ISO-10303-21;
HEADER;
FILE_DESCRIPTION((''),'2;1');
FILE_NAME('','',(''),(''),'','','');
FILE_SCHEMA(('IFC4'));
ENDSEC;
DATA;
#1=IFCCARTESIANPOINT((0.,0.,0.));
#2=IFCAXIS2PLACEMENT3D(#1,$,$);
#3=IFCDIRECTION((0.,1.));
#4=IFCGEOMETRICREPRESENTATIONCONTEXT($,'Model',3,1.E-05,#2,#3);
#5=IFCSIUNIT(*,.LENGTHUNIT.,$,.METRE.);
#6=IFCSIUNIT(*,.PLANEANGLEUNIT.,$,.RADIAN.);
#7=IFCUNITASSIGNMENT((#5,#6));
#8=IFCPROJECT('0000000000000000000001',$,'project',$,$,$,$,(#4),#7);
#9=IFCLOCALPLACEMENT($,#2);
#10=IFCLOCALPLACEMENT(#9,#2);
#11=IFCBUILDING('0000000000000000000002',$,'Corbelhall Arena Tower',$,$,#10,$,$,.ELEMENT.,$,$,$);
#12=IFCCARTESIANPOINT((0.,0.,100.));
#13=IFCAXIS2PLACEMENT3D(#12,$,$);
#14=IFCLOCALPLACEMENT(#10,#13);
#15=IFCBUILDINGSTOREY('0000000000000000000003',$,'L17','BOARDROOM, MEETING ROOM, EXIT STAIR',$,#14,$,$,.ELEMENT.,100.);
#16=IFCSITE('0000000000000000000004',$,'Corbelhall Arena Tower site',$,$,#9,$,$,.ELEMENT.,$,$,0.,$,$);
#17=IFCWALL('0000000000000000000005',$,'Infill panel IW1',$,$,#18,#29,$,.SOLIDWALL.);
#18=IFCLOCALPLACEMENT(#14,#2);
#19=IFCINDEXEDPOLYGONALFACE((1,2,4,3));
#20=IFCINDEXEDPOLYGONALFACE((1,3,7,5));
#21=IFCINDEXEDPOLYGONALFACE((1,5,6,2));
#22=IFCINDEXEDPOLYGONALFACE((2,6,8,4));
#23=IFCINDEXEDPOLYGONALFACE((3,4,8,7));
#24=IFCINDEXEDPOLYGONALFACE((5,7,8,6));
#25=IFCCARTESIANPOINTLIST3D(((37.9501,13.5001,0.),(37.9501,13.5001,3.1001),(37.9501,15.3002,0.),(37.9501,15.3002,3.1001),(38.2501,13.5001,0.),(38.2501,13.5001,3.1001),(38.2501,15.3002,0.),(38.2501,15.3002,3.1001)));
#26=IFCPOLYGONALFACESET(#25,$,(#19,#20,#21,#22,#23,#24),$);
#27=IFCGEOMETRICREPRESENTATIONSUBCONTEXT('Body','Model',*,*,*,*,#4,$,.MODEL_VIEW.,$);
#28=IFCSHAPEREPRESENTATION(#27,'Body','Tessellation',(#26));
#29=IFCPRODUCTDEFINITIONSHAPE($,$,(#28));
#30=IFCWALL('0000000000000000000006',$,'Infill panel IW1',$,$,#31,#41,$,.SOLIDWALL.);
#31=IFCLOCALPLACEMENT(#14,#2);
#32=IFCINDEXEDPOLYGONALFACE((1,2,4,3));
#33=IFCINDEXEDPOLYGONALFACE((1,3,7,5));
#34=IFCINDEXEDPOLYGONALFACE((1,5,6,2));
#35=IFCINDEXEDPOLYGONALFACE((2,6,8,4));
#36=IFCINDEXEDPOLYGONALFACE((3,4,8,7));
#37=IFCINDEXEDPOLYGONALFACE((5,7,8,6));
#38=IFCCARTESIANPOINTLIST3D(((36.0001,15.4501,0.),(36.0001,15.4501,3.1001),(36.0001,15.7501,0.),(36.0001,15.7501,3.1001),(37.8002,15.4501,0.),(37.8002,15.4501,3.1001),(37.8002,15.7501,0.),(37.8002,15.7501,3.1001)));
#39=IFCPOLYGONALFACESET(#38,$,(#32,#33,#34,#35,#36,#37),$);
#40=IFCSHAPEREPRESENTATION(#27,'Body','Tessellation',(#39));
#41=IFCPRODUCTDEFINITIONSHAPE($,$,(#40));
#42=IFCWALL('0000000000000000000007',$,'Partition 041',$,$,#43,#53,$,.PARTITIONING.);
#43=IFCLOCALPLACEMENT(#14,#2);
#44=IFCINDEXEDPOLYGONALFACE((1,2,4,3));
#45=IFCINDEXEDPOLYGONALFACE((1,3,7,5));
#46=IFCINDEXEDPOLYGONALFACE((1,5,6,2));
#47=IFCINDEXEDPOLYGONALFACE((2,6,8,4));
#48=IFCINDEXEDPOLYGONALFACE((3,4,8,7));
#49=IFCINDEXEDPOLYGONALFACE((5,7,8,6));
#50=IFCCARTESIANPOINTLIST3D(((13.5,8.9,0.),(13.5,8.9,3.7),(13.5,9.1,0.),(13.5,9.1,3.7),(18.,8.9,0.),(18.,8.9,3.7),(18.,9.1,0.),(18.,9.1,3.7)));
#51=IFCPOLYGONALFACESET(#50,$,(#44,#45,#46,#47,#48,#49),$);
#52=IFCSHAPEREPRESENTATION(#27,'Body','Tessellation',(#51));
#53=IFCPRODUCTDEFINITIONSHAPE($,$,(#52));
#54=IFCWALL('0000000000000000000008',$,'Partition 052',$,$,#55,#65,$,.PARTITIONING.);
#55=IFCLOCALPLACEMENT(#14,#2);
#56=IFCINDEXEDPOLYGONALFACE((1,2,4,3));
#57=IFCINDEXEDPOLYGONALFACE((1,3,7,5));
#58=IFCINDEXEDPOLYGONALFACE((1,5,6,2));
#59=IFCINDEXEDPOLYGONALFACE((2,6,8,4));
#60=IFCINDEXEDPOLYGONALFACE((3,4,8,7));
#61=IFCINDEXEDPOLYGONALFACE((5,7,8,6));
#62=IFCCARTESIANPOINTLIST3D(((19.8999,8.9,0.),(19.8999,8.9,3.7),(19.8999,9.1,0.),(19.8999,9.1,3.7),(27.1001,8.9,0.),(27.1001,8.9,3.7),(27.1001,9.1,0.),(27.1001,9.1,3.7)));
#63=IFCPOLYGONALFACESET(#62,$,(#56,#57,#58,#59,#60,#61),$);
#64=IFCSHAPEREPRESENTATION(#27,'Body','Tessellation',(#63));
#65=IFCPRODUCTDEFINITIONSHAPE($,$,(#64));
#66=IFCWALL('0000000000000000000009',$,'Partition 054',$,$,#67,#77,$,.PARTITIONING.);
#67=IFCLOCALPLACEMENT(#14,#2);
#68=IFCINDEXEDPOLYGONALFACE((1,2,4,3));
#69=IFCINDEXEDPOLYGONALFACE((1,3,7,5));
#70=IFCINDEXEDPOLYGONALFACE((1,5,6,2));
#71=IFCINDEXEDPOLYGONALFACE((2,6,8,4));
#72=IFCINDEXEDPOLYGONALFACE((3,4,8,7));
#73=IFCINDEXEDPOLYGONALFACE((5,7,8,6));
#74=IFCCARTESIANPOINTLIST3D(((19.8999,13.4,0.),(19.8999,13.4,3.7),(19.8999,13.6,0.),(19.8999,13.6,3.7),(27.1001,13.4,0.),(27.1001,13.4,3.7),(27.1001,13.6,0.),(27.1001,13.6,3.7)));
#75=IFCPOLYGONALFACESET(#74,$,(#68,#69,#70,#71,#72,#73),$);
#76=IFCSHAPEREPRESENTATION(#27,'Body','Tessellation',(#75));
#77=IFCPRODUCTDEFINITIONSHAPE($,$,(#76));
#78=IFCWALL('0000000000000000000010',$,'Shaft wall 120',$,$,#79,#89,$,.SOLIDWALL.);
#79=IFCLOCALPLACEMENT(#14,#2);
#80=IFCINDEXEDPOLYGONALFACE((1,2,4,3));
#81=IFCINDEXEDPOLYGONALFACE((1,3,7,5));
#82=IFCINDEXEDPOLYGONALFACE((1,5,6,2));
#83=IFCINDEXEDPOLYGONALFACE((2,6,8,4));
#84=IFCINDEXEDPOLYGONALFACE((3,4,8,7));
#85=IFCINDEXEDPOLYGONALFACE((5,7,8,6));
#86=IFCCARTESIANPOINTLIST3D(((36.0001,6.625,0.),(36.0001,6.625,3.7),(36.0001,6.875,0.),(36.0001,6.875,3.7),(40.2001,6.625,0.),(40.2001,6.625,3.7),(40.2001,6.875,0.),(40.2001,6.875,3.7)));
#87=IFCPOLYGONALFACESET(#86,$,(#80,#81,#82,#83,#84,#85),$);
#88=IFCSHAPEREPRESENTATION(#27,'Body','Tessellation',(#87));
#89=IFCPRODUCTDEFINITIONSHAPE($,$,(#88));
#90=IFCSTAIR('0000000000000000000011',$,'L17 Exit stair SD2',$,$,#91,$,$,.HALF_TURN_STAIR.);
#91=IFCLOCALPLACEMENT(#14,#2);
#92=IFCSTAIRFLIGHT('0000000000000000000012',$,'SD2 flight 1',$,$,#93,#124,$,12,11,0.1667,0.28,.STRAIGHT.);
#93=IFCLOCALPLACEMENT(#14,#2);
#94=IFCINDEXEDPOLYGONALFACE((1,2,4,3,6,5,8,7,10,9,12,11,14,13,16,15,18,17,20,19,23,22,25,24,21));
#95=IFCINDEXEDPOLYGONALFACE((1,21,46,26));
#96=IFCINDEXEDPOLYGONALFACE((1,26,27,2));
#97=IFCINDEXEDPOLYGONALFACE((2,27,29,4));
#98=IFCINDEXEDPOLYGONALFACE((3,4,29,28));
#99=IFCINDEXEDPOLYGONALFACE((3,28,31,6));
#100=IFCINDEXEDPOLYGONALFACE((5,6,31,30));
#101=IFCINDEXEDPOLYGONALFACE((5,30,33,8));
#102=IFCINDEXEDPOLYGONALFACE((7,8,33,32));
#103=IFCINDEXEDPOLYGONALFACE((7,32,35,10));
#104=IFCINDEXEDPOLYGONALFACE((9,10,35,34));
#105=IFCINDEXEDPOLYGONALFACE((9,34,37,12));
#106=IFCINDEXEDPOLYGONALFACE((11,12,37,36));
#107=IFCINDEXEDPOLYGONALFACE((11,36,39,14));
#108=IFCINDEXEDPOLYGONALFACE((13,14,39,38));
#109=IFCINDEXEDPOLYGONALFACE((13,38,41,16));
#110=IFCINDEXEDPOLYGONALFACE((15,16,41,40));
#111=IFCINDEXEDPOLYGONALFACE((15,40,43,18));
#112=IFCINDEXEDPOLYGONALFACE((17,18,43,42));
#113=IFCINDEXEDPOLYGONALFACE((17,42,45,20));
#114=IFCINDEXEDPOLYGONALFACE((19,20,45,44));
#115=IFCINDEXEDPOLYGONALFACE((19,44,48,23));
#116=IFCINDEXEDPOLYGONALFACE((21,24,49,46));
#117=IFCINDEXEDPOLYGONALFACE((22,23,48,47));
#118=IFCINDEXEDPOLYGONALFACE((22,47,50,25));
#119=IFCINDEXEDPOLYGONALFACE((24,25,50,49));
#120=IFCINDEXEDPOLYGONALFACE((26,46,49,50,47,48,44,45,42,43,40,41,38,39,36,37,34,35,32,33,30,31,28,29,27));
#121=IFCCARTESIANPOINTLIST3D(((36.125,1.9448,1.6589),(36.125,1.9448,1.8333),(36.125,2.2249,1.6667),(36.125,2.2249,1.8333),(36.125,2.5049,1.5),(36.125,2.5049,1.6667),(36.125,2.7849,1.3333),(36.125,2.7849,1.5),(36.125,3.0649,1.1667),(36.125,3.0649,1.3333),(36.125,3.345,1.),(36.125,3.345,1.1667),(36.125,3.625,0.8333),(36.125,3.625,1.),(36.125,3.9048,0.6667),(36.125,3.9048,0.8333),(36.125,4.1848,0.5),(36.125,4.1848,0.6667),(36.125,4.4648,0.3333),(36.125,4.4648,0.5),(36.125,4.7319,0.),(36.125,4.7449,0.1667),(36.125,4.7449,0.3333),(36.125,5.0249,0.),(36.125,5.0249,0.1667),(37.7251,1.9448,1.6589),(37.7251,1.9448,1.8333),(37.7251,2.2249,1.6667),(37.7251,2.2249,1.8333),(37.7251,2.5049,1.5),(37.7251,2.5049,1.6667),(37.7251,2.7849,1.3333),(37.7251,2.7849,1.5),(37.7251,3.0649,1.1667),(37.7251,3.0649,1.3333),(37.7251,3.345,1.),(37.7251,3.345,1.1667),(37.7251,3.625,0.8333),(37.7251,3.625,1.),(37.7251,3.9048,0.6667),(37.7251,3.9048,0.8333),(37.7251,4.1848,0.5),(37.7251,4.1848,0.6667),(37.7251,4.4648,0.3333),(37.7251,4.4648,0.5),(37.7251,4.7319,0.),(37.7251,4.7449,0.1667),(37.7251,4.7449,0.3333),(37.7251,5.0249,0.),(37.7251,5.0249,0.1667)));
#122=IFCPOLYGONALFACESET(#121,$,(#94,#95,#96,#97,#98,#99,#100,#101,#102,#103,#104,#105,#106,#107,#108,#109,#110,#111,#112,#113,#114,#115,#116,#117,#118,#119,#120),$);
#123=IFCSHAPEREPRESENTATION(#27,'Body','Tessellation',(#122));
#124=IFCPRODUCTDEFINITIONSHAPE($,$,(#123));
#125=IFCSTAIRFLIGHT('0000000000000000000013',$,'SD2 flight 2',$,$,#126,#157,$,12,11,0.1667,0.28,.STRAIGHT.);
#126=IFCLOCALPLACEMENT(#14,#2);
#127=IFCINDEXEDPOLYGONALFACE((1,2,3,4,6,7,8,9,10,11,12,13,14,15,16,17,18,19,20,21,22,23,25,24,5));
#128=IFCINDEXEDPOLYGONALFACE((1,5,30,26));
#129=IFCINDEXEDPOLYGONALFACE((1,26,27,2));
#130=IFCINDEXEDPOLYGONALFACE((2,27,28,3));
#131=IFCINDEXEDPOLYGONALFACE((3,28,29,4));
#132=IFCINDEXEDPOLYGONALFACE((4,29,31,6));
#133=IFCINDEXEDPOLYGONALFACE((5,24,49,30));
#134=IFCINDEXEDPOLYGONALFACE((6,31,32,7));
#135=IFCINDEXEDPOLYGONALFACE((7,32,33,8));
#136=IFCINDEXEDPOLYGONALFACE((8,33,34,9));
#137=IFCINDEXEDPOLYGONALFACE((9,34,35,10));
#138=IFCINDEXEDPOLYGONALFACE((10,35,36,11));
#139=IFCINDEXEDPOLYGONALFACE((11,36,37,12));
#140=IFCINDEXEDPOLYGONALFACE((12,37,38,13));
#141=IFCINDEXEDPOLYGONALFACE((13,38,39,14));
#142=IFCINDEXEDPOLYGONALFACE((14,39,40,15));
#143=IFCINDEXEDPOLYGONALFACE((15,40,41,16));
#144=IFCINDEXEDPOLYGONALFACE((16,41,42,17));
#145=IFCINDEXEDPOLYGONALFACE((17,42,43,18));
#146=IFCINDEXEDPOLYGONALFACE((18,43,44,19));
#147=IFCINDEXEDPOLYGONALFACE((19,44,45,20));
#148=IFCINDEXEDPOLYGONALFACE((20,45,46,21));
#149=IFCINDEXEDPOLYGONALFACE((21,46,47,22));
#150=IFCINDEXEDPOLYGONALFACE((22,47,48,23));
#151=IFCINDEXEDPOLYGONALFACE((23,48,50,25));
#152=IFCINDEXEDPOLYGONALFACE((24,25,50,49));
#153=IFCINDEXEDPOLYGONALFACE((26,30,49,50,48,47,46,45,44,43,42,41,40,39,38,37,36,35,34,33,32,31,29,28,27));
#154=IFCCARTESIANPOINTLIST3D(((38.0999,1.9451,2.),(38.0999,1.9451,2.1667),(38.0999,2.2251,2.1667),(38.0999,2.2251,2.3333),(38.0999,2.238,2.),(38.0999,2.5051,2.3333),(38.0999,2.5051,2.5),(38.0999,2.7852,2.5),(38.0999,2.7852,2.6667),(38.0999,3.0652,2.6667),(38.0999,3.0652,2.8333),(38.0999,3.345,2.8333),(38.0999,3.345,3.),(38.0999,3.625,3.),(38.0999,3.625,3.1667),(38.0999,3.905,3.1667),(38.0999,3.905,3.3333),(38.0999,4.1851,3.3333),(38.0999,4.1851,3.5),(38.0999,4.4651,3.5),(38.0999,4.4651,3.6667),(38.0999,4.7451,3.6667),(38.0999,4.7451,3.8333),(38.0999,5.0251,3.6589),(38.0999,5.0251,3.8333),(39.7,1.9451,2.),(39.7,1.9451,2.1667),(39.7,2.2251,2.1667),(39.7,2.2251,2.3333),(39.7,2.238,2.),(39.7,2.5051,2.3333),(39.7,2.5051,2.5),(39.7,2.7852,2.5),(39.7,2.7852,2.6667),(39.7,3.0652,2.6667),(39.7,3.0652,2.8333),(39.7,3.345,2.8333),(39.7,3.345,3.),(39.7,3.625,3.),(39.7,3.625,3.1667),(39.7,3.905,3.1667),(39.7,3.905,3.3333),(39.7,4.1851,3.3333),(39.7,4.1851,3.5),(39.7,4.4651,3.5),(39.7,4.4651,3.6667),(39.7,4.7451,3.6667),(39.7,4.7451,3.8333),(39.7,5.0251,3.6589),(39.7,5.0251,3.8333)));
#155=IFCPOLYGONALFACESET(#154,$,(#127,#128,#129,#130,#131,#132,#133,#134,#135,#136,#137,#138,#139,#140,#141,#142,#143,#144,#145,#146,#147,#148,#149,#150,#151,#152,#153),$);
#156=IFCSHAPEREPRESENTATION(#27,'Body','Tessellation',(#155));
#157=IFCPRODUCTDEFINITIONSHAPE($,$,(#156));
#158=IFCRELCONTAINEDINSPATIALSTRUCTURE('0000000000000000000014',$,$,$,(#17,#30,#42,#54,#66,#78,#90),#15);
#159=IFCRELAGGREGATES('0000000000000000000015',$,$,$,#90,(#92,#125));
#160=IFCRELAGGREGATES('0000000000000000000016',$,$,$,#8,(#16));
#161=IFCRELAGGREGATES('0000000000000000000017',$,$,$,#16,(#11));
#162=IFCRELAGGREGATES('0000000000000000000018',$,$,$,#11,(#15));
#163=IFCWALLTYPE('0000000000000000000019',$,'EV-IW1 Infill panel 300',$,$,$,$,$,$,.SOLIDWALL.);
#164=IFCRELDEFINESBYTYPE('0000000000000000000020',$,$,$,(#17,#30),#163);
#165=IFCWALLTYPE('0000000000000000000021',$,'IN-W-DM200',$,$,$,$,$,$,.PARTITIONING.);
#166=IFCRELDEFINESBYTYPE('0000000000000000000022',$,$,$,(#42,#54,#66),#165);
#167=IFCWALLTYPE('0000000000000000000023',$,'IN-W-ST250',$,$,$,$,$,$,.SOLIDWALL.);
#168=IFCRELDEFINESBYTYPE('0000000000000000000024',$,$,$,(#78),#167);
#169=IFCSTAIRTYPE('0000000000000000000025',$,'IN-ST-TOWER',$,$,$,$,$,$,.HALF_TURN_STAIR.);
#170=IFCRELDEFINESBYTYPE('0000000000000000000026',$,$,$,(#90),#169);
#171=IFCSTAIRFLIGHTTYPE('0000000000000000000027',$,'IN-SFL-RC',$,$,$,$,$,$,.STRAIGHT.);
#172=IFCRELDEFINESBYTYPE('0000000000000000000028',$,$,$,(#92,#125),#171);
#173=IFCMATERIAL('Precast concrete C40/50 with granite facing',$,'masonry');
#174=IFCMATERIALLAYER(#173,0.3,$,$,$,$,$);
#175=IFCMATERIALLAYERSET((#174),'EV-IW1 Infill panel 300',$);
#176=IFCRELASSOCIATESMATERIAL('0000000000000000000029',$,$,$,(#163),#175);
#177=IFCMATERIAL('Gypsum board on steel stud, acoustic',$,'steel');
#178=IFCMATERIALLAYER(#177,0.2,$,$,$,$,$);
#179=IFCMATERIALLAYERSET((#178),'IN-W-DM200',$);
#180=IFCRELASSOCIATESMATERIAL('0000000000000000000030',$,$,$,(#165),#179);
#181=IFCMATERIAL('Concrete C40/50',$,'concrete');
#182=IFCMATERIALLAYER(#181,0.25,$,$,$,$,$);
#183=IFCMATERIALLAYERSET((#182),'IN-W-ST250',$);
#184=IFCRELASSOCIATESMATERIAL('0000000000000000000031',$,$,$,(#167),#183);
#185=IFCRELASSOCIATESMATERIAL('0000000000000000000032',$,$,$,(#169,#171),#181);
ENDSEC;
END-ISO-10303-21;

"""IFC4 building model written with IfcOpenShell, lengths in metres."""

from ifc_helpers import new_model, si_unit, direction, frame, frame_2d, origin, place, context, subcontext, project, spatial, polyline, rectangle, outline, extrude, material, layer, layer_set, type_object, element, aggregate, save


model = new_model("IFC4")

# Units and contexts
model_context = context("Model", 3, precision=1e-05, world=origin(), true_north=direction((0.0, 1.0)))
body_context = subcontext(model_context, "Body", "Model", "MODEL_VIEW")
ifc_project = project(units=[si_unit("LENGTHUNIT", "METRE"), si_unit("PLANEANGLEUNIT", "RADIAN")], contexts=[model_context])

# Site, building, storey
site_placement = place(None, origin())
site = spatial("IfcSite", under=ifc_project, at=site_placement, Name="Corbelhall Arena Tower site", CompositionType="ELEMENT", RefElevation=0.0)
building_placement = place(site_placement, origin())
building = spatial("IfcBuilding", under=site, at=building_placement, Name="Corbelhall Arena Tower", CompositionType="ELEMENT")
storey_placement = place(building_placement, frame((0.0, 0.0, 100.0)))
storey = spatial("IfcBuildingStorey", under=building, at=storey_placement, Name="L17", Description="BOARDROOM, MEETING ROOM, EXIT STAIR", CompositionType="ELEMENT", Elevation=100.0)

# Walls
ifc_material_1 = material(Name="Precast concrete C40/50 with granite facing", Category="masonry")
ifc_layer_1 = layer(ifc_material_1, 0.3)
ifc_layer_set_1 = layer_set([ifc_layer_1], Name="EV-IW1 Infill panel 300")
wall_type_1 = type_object("IfcWallType", Name="EV-IW1 Infill panel 300", PredefinedType="SOLIDWALL", material=ifc_layer_set_1)
for number, where, z_axis, x_axis, name in (
    (1, (38.1001, 15.3, 0.0), (0.0, 0.0, 1.0), (0.0, -1.0, 0.0), "Infill panel IW1"),
    (2, (37.8, 15.6001, 0.0), (0.0, 0.0, 1.0), (-1.0, 0.0, 0.0), "Infill panel IW1"),
):
    element("IfcWall", number, at=place(storey_placement, frame(where, z_axis=z_axis, x_axis=x_axis)), inside=storey, type_object=wall_type_1, Name=name, PredefinedType="SOLIDWALL", context=body_context, shape_type="SweptSolid", body=[
        extrude(rectangle(XDim=1.8, YDim=0.3, at=frame_2d((0.8999, 0.0))), origin(), (0.0, 0.0, 1.0), 3.1001),
    ])

# Wall
ifc_material_2 = material(Name="Gypsum board on steel stud, acoustic", Category="steel")
ifc_layer_2 = layer(ifc_material_2, 0.2)
ifc_layer_set_2 = layer_set([ifc_layer_2], Name="IN-W-DM200")
wall_type_2 = type_object("IfcWallType", Name="IN-W-DM200", PredefinedType="PARTITIONING", material=ifc_layer_set_2)
wall_1_placement = place(storey_placement, frame((18.0, 9.0, 0.0), z_axis=(0.0, 0.0, 1.0), x_axis=(-1.0, 0.0, 0.0)))
element("IfcWall", 3, at=wall_1_placement, inside=storey, type_object=wall_type_2, Name="Partition 041", PredefinedType="PARTITIONING", context=body_context, shape_type="SweptSolid", body=[
    extrude(rectangle(XDim=4.5, YDim=0.2, at=frame_2d((2.25, 0.0))), origin(), (0.0, 0.0, 1.0), 3.7),
])

# Walls
for number, where, z_axis, x_axis, name in (
    (4, (19.8999, 9.0, 0.0), (0.0, 0.0, 1.0), (1.0, 0.0, 0.0), "Partition 052"),
    (5, (19.8999, 13.5, 0.0), (0.0, 0.0, 1.0), (1.0, 0.0, 0.0), "Partition 054"),
):
    element("IfcWall", number, at=place(storey_placement, frame(where, z_axis=z_axis, x_axis=x_axis)), inside=storey, type_object=wall_type_2, Name=name, PredefinedType="PARTITIONING", context=body_context, shape_type="SweptSolid", body=[
        extrude(rectangle(XDim=7.2002, YDim=0.2, at=frame_2d((3.6001, 0.0))), origin(), (0.0, 0.0, 1.0), 3.7),
    ])

# Wall
ifc_material_3 = material(Name="Concrete C40/50", Category="concrete")
ifc_layer_3 = layer(ifc_material_3, 0.25)
ifc_layer_set_3 = layer_set([ifc_layer_3], Name="IN-W-ST250")
wall_type_3 = type_object("IfcWallType", Name="IN-W-ST250", PredefinedType="SOLIDWALL", material=ifc_layer_set_3)
wall_2_placement = place(storey_placement, frame((36.0, 6.75, 0.0), z_axis=(0.0, 0.0, 1.0), x_axis=(1.0, 0.0, 0.0)))
element("IfcWall", 6, at=wall_2_placement, inside=storey, type_object=wall_type_3, Name="Shaft wall 120", PredefinedType="SOLIDWALL", context=body_context, shape_type="SweptSolid", body=[
    extrude(rectangle(XDim=4.2, YDim=0.25, at=frame_2d((2.1001, 0.0))), origin(), (0.0, 0.0, 1.0), 3.7),
])

# Stair, stair flights
stair_type = type_object("IfcStairType", Name="IN-ST-TOWER", PredefinedType="HALF_TURN_STAIR", material=ifc_material_3)
stair_placement = place(storey_placement, origin())
stair = element("IfcStair", 7, at=stair_placement, inside=storey, type_object=stair_type, Name="L17 Exit stair SD2", PredefinedType="HALF_TURN_STAIR")
stair_flight_type = type_object("IfcStairFlightType", Name="IN-SFL-RC", PredefinedType="STRAIGHT", material=ifc_material_3)
stair_flight_1_placement = place(storey_placement, frame((36.925, 5.0249, 0.0), z_axis=(0.0, 0.0, 1.0), x_axis=(0.0, -1.0, 0.0)))
stair_flight_1 = element("IfcStairFlight", 8, at=stair_flight_1_placement, type_object=stair_flight_type, Name="SD2 flight 1", NumberOfRisers=12, NumberOfTreads=11, PredefinedType="STRAIGHT", RiserHeight=0.1667, TreadLength=0.28, context=body_context, shape_type="SweptSolid", body=[
    extrude(outline(polyline([(0.0, 0.0), (0.0, 0.1667), (0.28, 0.1667), (0.28, 0.3333), (0.5601, 0.3333), (0.5601, 0.5), (0.8401, 0.5), (0.8401, 0.6667), (1.1201, 0.6667), (1.1201, 0.8333), (1.3999, 0.8333), (1.3999, 1.0), (1.6799, 1.0), (1.6799, 1.1667), (1.96, 1.1667), (1.96, 1.3333), (2.24, 1.3333), (2.24, 1.5), (2.52, 1.5), (2.52, 1.6667), (2.8, 1.6667), (2.8, 1.8333), (3.0801, 1.8333), (3.0801, 2.0), (3.0801, 1.6589), (0.293, 0.0), (0.0, 0.0)])), frame((0.0, 0.8, 0.0), z_axis=(0.0, -1.0, 0.0), x_axis=(1.0, 0.0, 0.0)), (0.0, 0.0, 1.0), 1.6001),
])
stair_flight_2_placement = place(storey_placement, frame((38.8999, 1.9451, 2.0), z_axis=(0.0, 0.0, 1.0), x_axis=(0.0, 1.0, 0.0)))
stair_flight_2 = element("IfcStairFlight", 9, at=stair_flight_2_placement, type_object=stair_flight_type, Name="SD2 flight 2", NumberOfRisers=12, NumberOfTreads=11, PredefinedType="STRAIGHT", RiserHeight=0.1667, TreadLength=0.28, context=body_context, shape_type="SweptSolid", body=[
    extrude(outline(polyline([(0.0, 0.0), (0.0, 0.1667), (0.28, 0.1667), (0.28, 0.3333), (0.5601, 0.3333), (0.5601, 0.5), (0.8401, 0.5), (0.8401, 0.6667), (1.1201, 0.6667), (1.1201, 0.8333), (1.3999, 0.8333), (1.3999, 1.0), (1.6799, 1.0), (1.6799, 1.1667), (1.96, 1.1667), (1.96, 1.3333), (2.24, 1.3333), (2.24, 1.5), (2.52, 1.5), (2.52, 1.6667), (2.8, 1.6667), (2.8, 1.8333), (3.0801, 1.8333), (3.0801, 2.0), (3.0801, 1.6589), (0.293, 0.0), (0.0, 0.0)])), frame((0.0, 0.8, 0.0), z_axis=(0.0, -1.0, 0.0), x_axis=(1.0, 0.0, 0.0)), (0.0, 0.0, 1.0), 1.6001),
])
aggregate(stair, [stair_flight_1, stair_flight_2])

save(model, "model.ifc")
